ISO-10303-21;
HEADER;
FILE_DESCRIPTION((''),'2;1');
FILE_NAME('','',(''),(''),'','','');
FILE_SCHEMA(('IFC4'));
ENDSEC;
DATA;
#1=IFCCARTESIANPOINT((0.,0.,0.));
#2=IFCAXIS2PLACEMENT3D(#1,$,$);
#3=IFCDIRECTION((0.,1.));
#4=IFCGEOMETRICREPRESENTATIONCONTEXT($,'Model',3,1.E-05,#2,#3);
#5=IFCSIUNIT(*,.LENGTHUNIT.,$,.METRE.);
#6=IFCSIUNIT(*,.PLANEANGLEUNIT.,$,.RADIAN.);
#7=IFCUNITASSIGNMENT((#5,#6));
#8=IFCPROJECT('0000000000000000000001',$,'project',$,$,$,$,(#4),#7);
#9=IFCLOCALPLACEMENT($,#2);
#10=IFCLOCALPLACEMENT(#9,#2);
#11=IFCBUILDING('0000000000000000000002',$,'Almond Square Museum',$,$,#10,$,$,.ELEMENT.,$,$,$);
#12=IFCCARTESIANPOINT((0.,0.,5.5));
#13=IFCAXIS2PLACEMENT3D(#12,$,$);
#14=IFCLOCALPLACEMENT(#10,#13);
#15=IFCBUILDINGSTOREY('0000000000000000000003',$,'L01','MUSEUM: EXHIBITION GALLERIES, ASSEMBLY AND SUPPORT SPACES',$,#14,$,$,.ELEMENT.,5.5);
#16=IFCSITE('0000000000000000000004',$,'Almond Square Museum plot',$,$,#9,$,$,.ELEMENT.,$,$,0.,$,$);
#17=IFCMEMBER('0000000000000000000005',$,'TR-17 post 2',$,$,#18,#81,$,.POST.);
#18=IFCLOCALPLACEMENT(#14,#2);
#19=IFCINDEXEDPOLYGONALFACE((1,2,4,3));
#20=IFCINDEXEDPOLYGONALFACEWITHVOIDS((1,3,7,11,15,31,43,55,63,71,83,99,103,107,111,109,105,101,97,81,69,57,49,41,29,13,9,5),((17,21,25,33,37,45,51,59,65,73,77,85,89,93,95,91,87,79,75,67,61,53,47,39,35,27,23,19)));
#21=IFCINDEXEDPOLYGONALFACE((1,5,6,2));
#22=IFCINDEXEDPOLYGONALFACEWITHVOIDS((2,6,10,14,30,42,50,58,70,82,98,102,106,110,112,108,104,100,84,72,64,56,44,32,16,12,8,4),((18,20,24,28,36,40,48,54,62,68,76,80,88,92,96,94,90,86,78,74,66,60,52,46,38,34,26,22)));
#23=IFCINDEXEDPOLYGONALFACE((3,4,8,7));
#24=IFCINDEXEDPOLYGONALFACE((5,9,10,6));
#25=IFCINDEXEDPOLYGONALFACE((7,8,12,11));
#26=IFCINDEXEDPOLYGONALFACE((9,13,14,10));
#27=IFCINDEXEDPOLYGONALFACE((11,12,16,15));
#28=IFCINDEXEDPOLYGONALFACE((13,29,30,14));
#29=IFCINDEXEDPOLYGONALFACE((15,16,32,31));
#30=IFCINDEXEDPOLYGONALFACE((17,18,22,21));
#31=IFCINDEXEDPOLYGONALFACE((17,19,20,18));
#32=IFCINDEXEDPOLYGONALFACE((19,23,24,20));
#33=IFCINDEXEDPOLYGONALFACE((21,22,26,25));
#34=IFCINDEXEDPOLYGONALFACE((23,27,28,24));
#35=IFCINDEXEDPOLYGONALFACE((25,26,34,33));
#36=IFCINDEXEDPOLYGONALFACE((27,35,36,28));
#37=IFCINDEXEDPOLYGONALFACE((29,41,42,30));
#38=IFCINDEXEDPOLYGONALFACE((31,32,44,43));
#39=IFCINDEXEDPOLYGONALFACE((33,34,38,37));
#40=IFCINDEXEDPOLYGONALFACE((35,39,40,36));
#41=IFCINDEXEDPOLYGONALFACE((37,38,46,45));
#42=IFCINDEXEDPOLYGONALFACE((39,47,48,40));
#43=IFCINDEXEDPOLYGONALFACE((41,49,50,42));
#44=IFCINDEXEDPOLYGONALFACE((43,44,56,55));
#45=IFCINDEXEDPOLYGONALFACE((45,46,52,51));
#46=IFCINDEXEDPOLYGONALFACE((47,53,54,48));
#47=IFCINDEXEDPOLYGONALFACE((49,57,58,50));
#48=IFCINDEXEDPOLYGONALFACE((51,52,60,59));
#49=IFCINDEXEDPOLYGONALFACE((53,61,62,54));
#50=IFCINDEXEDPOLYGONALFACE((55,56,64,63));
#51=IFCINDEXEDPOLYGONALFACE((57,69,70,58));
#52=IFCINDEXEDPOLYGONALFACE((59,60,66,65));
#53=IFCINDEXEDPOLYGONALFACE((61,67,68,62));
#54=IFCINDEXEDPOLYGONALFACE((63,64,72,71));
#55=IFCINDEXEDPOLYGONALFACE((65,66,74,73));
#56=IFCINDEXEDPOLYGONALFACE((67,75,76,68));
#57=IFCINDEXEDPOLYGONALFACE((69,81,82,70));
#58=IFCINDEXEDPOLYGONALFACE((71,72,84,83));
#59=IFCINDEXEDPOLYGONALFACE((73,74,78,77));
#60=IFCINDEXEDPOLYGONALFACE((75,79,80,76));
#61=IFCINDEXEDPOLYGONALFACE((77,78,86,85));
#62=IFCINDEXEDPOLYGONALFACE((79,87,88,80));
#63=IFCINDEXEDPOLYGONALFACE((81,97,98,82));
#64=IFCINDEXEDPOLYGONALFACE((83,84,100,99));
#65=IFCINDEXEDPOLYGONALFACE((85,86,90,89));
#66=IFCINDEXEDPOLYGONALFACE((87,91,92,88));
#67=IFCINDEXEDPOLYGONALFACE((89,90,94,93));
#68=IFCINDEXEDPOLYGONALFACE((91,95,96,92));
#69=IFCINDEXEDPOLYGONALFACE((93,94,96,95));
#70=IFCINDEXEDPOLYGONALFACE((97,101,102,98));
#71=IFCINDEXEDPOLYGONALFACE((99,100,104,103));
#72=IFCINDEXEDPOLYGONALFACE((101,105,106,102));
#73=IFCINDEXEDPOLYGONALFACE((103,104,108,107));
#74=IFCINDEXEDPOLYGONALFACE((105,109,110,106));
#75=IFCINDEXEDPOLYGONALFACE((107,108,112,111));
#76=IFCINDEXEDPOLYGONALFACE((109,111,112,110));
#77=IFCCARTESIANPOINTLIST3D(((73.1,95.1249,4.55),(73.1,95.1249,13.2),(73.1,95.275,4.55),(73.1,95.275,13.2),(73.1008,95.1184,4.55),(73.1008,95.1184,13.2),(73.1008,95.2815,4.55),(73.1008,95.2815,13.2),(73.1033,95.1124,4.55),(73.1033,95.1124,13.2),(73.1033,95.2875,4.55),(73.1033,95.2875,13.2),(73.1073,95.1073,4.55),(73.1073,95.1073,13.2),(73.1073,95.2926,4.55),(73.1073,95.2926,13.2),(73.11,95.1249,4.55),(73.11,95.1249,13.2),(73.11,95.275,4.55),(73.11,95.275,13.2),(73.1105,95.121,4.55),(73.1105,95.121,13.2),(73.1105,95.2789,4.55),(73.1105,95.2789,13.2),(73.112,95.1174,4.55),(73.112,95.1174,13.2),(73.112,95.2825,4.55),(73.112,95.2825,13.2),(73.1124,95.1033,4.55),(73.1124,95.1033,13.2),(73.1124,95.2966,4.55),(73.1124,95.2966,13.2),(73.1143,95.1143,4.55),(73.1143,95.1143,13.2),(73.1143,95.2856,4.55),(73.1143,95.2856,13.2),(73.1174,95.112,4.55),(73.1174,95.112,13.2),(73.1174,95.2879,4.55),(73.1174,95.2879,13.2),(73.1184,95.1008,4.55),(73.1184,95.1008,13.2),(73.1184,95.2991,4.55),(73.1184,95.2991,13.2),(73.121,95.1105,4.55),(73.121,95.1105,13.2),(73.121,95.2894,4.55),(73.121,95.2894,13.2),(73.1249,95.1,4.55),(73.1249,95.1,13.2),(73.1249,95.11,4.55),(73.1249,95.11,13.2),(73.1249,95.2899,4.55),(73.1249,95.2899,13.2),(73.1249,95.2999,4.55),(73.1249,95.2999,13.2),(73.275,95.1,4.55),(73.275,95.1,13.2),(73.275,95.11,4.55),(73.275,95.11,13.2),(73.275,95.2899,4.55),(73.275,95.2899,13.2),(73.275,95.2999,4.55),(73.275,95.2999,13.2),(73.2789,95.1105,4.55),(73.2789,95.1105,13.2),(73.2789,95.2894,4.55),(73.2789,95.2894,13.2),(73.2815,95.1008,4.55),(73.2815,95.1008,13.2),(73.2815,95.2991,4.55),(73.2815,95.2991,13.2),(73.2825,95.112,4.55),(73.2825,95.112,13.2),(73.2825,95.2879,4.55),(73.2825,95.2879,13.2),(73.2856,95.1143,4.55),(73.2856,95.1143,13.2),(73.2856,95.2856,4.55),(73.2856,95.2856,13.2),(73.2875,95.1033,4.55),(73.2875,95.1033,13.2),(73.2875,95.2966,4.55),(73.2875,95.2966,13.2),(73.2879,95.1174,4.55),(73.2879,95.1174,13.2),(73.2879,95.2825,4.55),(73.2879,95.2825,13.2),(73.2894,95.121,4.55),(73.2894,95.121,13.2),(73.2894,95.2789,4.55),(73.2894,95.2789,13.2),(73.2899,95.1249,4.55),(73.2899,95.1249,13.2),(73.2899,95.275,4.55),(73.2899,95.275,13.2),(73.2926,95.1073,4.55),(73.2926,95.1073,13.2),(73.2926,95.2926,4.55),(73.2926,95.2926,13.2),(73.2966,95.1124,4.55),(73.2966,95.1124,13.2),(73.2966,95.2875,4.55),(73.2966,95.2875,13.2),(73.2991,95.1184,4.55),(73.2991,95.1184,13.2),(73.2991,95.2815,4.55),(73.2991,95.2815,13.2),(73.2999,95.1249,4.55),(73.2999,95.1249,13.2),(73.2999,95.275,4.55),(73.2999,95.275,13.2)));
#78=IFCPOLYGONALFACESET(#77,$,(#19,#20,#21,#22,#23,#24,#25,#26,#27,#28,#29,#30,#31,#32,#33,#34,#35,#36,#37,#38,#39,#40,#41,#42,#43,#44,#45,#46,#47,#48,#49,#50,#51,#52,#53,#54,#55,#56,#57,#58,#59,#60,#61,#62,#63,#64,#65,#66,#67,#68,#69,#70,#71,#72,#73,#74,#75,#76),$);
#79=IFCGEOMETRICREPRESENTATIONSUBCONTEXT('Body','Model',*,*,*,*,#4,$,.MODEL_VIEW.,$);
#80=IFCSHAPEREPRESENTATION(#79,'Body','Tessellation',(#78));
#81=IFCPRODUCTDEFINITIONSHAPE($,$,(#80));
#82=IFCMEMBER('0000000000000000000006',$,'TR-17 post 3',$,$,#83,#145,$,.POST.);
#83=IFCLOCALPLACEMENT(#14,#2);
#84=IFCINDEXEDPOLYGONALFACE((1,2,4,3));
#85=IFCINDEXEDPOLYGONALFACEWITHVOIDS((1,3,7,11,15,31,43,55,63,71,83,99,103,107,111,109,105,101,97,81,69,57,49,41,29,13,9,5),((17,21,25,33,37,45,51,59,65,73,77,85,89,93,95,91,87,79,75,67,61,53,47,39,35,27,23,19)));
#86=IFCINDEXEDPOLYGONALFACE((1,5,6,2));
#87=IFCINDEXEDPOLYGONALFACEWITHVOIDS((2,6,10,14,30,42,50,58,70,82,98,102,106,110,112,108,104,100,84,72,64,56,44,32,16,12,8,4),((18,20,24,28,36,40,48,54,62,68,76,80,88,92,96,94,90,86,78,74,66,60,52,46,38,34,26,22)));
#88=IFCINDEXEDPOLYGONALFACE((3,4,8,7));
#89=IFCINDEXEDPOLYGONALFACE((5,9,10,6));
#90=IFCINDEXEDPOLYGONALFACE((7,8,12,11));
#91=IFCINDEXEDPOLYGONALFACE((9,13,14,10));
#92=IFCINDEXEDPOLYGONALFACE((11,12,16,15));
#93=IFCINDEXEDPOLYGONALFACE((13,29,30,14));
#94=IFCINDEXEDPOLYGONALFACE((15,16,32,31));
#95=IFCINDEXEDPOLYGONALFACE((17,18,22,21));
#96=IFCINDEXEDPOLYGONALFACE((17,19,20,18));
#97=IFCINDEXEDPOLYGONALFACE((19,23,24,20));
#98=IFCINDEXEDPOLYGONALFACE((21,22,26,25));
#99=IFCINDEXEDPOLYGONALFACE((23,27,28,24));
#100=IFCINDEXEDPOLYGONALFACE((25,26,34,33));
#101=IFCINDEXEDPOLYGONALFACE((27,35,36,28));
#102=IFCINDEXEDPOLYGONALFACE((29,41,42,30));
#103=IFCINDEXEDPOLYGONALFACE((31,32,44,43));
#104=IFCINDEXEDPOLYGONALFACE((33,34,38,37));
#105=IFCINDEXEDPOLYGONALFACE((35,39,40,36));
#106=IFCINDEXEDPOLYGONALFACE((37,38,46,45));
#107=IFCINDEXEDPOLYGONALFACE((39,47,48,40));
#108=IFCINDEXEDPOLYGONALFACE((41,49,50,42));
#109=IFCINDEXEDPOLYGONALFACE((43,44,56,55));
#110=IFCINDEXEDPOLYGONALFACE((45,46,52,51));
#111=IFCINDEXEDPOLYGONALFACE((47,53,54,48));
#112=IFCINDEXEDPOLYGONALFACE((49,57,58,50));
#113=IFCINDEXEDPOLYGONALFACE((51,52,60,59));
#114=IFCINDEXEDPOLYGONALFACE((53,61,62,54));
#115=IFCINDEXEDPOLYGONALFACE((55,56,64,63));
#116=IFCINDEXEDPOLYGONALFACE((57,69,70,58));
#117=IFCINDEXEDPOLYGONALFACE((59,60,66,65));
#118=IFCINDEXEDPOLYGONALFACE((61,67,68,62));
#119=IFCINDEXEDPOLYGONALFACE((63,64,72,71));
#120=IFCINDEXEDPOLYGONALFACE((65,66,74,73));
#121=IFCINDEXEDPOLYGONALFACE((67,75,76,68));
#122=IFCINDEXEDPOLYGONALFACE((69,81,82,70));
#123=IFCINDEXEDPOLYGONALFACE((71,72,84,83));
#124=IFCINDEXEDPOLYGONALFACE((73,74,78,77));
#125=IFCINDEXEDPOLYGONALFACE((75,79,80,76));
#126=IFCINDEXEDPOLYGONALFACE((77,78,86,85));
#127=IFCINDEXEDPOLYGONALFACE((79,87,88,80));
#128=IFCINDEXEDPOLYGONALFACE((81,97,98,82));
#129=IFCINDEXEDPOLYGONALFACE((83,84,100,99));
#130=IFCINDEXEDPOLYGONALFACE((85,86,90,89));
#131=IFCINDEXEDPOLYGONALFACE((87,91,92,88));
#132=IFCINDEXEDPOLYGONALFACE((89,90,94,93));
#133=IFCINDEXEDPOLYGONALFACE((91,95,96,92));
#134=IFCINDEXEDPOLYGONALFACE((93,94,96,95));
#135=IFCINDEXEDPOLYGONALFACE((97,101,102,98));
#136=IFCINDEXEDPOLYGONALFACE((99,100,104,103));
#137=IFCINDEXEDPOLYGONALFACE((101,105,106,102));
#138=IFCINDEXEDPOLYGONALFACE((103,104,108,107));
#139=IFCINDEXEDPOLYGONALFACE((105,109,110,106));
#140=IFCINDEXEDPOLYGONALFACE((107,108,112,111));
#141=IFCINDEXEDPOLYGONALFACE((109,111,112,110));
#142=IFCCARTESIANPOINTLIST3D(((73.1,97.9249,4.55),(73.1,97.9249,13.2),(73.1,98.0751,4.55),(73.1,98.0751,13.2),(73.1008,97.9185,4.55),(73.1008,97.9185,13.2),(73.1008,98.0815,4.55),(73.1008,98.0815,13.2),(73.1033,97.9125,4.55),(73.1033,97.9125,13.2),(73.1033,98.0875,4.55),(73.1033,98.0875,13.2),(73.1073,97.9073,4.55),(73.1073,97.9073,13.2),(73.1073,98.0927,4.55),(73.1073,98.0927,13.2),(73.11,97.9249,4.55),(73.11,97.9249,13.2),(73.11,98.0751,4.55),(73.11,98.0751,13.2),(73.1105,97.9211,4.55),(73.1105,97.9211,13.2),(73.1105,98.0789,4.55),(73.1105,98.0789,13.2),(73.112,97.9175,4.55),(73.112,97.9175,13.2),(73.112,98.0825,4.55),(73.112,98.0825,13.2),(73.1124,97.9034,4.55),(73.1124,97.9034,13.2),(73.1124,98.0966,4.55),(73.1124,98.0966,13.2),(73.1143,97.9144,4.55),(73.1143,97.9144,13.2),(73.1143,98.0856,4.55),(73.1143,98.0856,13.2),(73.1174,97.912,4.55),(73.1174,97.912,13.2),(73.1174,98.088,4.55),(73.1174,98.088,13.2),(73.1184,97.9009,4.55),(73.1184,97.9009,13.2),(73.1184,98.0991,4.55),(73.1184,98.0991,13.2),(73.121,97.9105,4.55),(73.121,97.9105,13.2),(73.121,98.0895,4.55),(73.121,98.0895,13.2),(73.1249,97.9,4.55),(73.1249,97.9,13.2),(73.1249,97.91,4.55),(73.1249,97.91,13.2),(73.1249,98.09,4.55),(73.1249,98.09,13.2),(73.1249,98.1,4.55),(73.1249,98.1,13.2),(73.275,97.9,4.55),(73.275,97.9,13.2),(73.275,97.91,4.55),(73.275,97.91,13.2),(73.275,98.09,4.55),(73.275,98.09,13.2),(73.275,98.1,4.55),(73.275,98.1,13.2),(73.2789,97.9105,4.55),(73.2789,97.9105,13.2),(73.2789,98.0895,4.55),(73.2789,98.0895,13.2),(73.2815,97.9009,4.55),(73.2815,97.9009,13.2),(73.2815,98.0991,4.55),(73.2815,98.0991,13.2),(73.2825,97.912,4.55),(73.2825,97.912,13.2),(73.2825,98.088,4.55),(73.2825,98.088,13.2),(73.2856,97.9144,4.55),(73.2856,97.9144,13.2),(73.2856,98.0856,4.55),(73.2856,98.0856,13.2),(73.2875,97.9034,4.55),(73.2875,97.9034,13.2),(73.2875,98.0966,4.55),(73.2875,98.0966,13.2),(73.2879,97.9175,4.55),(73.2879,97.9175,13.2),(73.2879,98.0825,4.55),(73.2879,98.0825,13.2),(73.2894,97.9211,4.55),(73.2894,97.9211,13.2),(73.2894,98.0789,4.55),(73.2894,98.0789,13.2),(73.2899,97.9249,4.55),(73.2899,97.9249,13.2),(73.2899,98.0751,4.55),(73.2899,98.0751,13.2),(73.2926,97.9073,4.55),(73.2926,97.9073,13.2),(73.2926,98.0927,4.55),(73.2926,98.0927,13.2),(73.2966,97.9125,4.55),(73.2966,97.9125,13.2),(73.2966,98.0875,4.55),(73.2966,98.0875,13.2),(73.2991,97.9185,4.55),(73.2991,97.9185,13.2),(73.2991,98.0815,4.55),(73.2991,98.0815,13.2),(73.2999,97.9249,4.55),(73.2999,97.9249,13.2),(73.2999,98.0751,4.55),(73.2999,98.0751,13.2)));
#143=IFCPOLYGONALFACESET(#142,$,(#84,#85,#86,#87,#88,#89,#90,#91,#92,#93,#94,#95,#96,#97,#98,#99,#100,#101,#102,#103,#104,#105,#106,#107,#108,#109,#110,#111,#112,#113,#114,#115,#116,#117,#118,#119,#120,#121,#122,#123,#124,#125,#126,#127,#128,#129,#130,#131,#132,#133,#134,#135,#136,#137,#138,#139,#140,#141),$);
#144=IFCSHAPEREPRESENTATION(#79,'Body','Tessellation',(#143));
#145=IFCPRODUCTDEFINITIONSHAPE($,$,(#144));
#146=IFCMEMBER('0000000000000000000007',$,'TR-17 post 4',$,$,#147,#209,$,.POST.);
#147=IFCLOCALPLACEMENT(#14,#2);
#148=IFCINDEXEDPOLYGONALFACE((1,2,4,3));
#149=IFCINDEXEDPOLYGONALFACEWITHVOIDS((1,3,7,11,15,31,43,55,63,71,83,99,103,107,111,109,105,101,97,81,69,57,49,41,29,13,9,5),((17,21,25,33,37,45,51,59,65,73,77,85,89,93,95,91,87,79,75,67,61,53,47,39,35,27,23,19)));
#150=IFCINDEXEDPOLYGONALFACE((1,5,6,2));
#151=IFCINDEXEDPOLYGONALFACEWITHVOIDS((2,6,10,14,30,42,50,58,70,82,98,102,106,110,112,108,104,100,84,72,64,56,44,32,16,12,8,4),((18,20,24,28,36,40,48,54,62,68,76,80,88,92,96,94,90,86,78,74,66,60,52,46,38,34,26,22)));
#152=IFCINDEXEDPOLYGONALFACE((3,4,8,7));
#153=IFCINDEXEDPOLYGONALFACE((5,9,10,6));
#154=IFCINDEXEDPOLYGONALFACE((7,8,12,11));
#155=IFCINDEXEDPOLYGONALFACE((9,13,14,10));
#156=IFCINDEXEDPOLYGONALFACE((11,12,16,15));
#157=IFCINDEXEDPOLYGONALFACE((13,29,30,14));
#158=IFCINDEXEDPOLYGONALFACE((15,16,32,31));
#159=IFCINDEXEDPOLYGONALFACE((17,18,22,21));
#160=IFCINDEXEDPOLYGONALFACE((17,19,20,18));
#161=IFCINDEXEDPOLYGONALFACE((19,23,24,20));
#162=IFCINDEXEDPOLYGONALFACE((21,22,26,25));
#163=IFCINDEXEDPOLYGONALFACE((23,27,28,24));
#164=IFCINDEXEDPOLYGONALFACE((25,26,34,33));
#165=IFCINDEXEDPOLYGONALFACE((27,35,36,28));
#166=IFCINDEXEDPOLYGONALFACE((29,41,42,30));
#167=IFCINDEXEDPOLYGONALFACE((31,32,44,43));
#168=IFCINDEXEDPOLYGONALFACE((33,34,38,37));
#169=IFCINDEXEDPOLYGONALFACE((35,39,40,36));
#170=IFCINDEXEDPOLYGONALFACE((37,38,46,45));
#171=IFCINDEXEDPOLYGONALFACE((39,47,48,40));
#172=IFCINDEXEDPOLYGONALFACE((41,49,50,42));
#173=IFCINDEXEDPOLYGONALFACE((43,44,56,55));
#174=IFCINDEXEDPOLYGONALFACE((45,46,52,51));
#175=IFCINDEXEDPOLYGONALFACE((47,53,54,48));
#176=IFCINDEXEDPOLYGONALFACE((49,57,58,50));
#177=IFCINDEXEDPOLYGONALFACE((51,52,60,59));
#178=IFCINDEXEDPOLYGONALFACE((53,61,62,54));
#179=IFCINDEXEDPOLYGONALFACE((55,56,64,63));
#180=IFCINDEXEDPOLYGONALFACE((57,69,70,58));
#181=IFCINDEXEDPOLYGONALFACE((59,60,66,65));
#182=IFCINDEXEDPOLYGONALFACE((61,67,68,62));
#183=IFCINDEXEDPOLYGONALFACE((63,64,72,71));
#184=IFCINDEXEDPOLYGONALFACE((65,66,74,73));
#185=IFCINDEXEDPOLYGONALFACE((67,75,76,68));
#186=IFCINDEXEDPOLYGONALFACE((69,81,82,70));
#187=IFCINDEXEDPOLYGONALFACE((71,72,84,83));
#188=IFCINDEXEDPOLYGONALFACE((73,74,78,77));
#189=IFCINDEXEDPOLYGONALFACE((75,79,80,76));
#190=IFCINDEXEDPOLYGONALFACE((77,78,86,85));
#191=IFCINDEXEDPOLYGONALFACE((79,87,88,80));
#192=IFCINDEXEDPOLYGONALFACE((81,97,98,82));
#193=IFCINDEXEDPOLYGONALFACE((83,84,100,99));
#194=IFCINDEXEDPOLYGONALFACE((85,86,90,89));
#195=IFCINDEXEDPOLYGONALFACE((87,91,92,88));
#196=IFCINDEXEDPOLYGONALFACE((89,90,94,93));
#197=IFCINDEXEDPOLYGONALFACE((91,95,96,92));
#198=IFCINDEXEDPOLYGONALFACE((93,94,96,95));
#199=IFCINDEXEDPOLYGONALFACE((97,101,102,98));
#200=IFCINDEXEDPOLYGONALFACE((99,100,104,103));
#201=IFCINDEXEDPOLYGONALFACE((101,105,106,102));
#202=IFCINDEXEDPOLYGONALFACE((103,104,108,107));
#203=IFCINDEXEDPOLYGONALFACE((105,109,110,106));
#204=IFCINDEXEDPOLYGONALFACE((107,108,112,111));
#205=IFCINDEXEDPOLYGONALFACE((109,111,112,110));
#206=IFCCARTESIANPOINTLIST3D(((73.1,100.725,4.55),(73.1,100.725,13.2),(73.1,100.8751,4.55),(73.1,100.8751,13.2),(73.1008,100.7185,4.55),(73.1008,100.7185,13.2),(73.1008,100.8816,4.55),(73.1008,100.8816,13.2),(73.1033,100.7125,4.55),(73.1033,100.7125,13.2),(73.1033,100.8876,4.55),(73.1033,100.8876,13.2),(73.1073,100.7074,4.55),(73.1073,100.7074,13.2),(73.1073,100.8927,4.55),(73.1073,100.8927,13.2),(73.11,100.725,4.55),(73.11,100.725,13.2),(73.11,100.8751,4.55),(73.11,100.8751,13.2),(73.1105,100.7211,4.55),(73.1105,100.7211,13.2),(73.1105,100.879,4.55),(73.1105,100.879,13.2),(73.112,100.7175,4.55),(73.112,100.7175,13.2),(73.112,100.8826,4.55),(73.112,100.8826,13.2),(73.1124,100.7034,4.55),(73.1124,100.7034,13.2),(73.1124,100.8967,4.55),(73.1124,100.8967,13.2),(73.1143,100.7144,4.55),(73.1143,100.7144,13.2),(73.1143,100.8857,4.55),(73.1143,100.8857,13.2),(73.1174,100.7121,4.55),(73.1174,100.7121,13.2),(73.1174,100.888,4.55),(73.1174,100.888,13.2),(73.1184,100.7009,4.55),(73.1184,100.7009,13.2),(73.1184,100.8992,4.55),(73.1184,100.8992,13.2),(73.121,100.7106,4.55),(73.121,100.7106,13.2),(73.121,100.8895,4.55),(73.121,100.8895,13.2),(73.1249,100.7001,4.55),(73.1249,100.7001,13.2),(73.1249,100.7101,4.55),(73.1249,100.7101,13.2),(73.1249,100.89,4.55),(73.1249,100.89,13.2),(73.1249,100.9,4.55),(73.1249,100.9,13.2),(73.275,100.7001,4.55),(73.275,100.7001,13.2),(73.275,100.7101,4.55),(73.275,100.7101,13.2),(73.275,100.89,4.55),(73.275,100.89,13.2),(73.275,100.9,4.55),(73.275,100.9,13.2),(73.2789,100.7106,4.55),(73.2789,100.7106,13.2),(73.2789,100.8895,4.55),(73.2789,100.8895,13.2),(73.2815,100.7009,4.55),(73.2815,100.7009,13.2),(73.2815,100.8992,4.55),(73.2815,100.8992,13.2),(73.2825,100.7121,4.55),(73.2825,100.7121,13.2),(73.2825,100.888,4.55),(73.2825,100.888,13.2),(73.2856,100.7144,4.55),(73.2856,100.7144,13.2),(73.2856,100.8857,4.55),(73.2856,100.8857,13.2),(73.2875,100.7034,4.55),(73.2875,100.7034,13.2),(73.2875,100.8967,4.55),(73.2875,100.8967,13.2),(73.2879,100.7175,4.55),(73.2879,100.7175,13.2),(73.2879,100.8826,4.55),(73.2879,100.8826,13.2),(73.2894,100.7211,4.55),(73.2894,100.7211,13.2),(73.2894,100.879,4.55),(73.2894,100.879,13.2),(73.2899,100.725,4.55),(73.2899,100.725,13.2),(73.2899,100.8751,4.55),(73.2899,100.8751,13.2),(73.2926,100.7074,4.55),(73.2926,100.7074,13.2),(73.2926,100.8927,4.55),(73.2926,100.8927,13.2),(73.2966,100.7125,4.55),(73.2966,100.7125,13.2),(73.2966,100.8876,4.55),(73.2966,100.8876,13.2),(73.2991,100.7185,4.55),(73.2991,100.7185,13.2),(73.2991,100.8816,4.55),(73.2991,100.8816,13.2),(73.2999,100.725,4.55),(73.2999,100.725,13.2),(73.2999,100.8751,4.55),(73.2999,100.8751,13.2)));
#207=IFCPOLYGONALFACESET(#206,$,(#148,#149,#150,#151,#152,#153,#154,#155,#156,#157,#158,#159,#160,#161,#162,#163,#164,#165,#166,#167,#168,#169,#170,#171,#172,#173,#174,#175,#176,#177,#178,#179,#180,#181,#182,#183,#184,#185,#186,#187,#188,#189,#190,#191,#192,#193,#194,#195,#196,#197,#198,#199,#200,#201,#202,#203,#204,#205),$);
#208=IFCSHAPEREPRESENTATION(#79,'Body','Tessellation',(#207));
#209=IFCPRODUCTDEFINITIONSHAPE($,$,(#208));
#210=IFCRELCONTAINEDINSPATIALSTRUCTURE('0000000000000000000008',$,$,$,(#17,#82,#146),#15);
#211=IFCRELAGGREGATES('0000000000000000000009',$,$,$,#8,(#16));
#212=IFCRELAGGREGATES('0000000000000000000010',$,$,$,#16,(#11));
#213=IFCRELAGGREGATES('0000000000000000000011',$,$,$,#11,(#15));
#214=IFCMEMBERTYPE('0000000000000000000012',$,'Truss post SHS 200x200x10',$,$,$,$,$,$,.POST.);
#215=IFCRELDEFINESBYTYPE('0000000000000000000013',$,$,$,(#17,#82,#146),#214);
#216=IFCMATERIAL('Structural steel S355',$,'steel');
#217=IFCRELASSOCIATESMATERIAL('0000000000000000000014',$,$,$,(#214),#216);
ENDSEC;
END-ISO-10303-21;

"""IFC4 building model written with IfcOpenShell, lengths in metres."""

from ifc_helpers import new_model, si_unit, direction, frame, origin, origin_2d, place, context, subcontext, project, spatial, hollow_rectangle, extrude, material, material_profile, profile_set, type_object, element, save


model = new_model("IFC4")

# Units and contexts
model_context = context("Model", 3, precision=1e-05, world=origin(), true_north=direction((0.0, 1.0)))
body_context = subcontext(model_context, "Body", "Model", "MODEL_VIEW")
ifc_project = project(units=[si_unit("LENGTHUNIT", "METRE"), si_unit("PLANEANGLEUNIT", "RADIAN")], contexts=[model_context])

# Site, building, storey
site_placement = place(None, origin())
site = spatial("IfcSite", under=ifc_project, at=site_placement, Name="Almond Square Museum plot", CompositionType="ELEMENT", RefElevation=0.0)
building_placement = place(site_placement, origin())
building = spatial("IfcBuilding", under=site, at=building_placement, Name="Almond Square Museum", CompositionType="ELEMENT")
storey_placement = place(building_placement, frame((0.0, 0.0, 5.5)))
storey = spatial("IfcBuildingStorey", under=building, at=storey_placement, Name="L01", Description="MUSEUM: EXHIBITION GALLERIES, ASSEMBLY AND SUPPORT SPACES", CompositionType="ELEMENT", Elevation=5.5)

# Members
ifc_material_1 = material(Name="Structural steel S355", Category="steel")
ifc_material_profile_1 = material_profile(ifc_material_1, hollow_rectangle(XDim=0.2, YDim=0.2, WallThickness=0.01, InnerFilletRadius=0.0149, OuterFilletRadius=0.0249, at=origin_2d()))
ifc_profile_set_1 = profile_set([ifc_material_profile_1], Name="Structural steel S355")
member_type_1 = type_object("IfcMemberType", Name="Truss post SHS 200x200x10", PredefinedType="POST", material=ifc_profile_set_1)
for number, where, z_axis, x_axis, name in (
    (1, (73.2, 95.2, 4.55), (0.0, 0.0, 1.0), (1.0, 0.0, 0.0), "TR-17 post 2"),
    (2, (73.2, 98.0, 4.55), (0.0, 0.0, 1.0), (1.0, 0.0, 0.0), "TR-17 post 3"),
    (3, (73.2, 100.8, 4.55), (0.0, 0.0, 1.0), (1.0, 0.0, 0.0), "TR-17 post 4"),
):
    element("IfcMember", number, at=place(storey_placement, frame(where, z_axis=z_axis, x_axis=x_axis)), inside=storey, type_object=member_type_1, Name=name, PredefinedType="POST", context=body_context, shape_type="SweptSolid", body=[
        extrude(hollow_rectangle(XDim=0.2, YDim=0.2, WallThickness=0.01, InnerFilletRadius=0.0149, OuterFilletRadius=0.0249, at=origin_2d()), origin(), (0.0, 0.0, 1.0), 8.6499),
    ])

save(model, "model.ifc")
